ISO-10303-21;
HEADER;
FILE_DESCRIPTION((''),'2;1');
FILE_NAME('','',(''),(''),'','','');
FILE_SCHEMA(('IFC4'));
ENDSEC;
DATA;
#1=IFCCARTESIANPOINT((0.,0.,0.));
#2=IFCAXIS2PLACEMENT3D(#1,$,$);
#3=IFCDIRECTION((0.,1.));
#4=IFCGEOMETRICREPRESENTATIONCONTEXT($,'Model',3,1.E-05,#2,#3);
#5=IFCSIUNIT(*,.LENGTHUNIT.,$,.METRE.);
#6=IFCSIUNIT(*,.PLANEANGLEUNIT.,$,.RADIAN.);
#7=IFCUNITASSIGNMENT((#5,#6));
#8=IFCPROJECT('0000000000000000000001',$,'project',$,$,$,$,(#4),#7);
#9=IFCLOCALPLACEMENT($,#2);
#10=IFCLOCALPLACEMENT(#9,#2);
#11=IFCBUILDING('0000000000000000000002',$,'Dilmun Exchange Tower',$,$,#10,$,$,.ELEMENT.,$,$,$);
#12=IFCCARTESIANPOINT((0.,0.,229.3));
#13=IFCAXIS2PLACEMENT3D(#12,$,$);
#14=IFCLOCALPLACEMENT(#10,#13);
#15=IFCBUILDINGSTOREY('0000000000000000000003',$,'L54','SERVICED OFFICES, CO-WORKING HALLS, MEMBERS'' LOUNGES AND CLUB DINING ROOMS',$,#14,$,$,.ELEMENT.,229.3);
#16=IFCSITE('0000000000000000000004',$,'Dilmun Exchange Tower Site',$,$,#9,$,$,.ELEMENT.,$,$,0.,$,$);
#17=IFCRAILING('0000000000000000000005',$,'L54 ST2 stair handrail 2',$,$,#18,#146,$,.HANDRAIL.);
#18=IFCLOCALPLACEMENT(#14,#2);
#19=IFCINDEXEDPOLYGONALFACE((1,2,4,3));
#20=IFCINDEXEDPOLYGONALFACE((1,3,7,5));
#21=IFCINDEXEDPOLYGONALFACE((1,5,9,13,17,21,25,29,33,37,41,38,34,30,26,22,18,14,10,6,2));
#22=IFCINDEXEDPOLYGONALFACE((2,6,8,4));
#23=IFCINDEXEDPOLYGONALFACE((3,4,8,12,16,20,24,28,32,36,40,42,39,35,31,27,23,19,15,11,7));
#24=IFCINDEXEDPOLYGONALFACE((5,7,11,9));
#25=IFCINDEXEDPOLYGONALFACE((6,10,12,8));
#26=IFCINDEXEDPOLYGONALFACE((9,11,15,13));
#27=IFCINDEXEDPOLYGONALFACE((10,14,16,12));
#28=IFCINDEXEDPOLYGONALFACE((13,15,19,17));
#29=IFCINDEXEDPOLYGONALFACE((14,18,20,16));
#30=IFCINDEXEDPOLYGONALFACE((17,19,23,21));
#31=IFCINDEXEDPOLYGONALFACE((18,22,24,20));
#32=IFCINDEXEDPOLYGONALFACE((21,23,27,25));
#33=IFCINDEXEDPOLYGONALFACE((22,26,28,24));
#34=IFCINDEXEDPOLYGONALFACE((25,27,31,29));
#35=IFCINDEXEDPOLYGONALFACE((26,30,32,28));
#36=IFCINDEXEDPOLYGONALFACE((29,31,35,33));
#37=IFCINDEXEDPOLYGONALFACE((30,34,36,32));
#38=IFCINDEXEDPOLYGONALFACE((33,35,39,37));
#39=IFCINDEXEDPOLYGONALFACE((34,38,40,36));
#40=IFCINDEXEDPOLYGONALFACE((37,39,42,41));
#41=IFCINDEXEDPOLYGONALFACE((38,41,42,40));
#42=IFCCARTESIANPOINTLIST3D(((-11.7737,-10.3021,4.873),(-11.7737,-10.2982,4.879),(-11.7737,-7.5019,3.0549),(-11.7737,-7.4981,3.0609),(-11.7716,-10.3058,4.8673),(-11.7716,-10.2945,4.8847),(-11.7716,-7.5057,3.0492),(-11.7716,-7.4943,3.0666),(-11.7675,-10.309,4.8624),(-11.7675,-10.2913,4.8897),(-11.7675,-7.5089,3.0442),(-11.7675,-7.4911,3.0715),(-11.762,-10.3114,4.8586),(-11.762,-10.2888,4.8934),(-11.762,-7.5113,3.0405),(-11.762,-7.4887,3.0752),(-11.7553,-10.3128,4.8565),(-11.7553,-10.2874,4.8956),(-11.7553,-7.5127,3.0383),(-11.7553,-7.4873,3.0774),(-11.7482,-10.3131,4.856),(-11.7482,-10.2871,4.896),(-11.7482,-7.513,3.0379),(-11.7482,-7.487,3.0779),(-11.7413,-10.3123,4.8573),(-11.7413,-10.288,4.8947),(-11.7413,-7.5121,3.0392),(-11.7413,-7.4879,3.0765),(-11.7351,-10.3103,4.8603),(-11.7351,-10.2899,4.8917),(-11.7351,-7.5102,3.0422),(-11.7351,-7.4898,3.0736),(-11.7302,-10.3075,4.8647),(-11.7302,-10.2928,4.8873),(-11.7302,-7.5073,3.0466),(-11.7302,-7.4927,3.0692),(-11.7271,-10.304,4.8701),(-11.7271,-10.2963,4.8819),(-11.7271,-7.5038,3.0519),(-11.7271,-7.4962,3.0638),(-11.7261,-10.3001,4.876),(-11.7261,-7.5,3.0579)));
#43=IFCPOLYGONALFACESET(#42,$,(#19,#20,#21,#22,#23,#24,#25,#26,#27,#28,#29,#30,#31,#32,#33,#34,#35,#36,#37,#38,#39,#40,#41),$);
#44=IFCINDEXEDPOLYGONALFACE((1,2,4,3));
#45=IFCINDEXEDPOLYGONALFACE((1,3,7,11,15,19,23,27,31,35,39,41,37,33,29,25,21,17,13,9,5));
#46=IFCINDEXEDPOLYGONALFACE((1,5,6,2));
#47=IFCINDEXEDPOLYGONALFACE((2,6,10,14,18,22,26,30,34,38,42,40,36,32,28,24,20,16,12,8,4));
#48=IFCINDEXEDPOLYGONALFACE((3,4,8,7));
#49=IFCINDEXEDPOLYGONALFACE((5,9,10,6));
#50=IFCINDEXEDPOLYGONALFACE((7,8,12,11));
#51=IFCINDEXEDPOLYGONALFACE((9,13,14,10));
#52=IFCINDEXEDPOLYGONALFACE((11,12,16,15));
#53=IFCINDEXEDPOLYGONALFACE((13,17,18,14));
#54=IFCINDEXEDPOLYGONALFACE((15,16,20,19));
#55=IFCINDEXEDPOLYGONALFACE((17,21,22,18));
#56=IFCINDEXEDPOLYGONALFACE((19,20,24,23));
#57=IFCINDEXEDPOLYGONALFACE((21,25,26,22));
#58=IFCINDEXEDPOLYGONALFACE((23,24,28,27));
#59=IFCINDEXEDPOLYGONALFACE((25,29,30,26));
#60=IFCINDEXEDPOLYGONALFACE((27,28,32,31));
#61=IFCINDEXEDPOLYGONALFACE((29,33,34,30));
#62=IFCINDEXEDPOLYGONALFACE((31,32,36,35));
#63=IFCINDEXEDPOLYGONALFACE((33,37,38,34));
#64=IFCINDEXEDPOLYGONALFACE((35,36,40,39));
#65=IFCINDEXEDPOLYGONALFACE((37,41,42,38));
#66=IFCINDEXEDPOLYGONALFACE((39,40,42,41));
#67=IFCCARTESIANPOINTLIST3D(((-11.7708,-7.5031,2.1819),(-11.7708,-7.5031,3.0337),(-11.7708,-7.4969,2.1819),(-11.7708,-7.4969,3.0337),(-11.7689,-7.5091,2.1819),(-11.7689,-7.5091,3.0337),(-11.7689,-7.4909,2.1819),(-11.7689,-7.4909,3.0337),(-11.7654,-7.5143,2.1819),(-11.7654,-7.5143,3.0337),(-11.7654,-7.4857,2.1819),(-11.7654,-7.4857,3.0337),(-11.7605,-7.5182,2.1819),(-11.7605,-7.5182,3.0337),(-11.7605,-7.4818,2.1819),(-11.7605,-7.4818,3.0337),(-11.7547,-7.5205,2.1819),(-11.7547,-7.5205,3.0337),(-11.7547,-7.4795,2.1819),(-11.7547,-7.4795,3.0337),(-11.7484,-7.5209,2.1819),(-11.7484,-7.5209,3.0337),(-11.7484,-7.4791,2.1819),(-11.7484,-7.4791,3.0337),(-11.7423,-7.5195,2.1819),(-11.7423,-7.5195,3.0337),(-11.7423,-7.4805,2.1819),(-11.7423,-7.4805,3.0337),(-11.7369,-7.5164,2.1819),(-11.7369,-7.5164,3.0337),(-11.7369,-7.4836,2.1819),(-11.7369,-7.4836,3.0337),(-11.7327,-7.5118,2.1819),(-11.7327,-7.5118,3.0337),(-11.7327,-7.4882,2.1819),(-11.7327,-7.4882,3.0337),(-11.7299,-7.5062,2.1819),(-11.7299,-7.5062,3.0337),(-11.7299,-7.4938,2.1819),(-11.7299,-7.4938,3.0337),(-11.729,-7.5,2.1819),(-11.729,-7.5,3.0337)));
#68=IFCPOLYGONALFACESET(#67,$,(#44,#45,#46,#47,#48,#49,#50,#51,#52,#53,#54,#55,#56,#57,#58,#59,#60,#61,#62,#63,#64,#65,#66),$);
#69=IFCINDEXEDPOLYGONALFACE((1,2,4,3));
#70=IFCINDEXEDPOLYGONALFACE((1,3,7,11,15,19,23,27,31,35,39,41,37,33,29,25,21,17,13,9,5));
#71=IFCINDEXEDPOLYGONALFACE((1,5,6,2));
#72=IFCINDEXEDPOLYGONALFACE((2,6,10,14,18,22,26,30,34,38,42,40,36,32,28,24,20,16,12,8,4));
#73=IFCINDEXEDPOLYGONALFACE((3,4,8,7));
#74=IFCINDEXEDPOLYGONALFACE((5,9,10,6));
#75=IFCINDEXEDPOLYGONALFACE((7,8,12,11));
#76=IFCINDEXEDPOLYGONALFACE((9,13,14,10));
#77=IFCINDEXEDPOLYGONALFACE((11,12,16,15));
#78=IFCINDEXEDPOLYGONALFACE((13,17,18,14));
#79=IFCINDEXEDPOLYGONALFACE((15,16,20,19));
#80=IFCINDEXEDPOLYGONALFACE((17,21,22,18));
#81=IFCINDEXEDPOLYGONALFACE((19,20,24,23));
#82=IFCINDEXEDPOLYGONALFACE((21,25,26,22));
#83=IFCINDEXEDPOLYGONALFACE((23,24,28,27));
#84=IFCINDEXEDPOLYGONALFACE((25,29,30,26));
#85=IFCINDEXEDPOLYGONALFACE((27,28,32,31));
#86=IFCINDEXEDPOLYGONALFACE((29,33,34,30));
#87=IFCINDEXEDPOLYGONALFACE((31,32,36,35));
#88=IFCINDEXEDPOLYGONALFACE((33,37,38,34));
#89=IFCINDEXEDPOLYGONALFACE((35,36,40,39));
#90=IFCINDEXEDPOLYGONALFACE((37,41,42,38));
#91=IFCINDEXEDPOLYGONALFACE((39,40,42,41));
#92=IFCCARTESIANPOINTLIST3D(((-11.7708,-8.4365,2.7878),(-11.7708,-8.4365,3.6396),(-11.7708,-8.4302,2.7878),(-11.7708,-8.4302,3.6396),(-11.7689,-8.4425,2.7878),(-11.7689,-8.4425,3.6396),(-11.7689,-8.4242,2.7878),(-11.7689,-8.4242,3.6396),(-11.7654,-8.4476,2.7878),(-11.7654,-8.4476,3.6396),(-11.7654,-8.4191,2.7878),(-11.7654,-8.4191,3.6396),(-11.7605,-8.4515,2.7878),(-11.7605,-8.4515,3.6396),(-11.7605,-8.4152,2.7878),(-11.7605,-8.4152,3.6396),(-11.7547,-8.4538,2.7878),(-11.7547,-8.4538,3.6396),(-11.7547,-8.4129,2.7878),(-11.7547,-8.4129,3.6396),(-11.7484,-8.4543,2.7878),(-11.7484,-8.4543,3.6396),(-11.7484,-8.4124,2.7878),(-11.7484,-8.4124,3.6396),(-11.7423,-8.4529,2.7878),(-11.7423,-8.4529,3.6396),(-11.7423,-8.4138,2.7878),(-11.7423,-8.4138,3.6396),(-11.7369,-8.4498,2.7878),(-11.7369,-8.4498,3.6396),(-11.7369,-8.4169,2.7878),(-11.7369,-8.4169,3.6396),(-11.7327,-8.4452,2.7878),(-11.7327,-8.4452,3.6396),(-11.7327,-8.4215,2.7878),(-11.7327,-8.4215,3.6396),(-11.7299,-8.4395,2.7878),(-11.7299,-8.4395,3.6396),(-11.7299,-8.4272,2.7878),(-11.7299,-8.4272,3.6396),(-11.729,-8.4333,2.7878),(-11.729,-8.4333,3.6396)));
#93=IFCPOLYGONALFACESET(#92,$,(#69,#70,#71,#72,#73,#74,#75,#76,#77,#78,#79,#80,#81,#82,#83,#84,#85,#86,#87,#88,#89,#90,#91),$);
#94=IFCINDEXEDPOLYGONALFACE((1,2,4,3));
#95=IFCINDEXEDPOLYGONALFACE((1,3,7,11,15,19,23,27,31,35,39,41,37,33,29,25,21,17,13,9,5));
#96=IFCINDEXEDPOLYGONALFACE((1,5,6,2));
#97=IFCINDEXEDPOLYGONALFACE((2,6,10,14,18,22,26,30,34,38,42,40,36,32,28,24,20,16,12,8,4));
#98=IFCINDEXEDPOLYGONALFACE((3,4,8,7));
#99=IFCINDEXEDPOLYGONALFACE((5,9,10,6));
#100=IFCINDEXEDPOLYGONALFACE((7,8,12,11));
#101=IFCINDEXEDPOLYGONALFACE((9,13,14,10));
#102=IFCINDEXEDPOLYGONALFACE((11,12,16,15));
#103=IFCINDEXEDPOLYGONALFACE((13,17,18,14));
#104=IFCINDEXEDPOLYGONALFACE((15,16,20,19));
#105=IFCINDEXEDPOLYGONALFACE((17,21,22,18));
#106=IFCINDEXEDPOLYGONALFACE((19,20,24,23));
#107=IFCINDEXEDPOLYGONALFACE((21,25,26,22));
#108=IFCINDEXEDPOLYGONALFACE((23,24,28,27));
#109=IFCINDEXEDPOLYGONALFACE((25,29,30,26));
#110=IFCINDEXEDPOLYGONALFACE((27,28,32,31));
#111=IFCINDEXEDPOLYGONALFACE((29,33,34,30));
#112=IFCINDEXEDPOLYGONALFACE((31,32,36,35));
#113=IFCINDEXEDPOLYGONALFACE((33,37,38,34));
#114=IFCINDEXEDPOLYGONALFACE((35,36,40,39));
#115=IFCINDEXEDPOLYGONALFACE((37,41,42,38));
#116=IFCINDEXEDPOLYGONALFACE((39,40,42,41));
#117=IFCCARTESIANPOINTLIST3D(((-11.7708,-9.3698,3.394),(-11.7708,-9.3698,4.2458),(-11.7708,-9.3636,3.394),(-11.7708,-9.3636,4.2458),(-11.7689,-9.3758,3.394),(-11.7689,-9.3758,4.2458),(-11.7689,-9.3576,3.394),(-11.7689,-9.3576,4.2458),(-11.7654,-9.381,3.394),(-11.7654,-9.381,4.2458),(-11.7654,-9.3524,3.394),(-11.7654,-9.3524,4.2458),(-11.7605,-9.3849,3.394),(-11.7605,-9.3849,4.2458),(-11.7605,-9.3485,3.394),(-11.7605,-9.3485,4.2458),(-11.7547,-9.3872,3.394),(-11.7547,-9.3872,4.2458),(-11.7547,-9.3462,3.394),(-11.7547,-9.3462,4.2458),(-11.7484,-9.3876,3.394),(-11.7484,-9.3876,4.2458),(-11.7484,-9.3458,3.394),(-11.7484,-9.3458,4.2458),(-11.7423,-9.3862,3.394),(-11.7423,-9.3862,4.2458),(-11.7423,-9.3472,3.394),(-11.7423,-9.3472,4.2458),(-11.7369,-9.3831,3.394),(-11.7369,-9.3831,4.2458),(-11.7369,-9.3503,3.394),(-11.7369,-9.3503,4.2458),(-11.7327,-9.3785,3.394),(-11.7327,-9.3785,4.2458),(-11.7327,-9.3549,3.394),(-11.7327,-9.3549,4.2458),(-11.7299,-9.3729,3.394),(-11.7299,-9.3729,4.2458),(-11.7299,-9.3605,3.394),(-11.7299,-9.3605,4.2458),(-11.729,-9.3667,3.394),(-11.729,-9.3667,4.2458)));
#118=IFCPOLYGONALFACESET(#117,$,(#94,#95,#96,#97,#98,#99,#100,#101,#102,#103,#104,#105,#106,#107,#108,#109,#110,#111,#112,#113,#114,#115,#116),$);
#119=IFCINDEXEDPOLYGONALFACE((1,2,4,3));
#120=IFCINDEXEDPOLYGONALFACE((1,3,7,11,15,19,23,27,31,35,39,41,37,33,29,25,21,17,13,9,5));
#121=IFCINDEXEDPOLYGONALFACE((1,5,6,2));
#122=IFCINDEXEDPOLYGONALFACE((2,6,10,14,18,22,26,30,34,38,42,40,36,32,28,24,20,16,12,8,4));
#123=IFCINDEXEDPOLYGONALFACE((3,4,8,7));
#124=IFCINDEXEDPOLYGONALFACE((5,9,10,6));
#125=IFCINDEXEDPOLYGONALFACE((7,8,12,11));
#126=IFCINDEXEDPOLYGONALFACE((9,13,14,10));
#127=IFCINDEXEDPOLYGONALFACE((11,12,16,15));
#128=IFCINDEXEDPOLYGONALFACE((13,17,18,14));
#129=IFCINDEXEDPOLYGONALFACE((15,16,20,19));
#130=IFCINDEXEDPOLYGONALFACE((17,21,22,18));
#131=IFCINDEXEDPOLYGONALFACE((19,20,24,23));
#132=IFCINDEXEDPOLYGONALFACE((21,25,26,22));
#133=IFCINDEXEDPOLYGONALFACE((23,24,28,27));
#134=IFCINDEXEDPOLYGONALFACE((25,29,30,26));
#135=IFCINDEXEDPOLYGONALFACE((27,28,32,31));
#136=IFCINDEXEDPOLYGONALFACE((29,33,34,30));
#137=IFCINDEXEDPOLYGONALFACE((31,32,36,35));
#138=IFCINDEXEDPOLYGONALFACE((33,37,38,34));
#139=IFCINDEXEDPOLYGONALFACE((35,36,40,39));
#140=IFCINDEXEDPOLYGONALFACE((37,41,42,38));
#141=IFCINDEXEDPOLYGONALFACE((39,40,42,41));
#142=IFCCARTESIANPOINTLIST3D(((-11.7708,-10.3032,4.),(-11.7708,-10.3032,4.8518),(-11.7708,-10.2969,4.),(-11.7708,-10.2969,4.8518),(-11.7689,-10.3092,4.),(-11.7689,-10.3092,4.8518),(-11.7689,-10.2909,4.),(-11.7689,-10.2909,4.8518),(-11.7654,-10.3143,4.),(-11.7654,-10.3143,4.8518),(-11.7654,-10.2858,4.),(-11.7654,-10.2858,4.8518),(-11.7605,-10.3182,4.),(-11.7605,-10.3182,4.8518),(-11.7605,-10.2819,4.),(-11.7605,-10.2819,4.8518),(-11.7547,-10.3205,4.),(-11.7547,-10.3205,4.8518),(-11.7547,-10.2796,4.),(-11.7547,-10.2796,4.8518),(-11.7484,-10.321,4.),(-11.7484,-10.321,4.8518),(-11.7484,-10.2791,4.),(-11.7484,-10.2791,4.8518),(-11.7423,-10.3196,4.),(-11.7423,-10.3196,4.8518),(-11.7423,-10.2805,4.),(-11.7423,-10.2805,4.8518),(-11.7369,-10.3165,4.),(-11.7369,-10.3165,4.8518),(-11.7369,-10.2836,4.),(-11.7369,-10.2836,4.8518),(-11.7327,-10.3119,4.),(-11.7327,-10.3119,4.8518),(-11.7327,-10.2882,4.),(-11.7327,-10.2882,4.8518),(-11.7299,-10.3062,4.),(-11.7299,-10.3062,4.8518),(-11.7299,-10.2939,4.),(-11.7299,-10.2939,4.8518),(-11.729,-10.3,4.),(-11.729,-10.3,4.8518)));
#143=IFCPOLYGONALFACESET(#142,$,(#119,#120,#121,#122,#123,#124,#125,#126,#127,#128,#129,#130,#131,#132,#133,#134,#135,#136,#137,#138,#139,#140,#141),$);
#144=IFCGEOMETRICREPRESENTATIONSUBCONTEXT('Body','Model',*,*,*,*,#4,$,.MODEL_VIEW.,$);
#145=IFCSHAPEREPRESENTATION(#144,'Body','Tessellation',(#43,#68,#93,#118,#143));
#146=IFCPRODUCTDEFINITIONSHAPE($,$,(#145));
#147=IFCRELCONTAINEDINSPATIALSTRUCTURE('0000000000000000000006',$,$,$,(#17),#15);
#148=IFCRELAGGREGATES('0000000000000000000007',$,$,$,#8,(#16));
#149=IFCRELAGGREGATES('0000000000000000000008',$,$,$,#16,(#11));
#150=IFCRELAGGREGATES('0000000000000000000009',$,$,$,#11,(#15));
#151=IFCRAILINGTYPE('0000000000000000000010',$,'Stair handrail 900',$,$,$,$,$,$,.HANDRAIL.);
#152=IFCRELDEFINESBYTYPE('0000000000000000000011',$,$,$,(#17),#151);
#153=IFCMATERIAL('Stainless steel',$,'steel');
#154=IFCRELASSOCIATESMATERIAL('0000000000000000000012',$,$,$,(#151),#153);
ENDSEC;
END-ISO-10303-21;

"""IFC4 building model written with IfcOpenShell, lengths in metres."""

from ifc_helpers import new_model, si_unit, direction, frame, origin, origin_2d, place, context, subcontext, project, spatial, circle, extrude, material, type_object, element, save


model = new_model("IFC4")

# Units and contexts
model_context = context("Model", 3, precision=1e-05, world=origin(), true_north=direction((0.0, 1.0)))
body_context = subcontext(model_context, "Body", "Model", "MODEL_VIEW")
ifc_project = project(units=[si_unit("LENGTHUNIT", "METRE"), si_unit("PLANEANGLEUNIT", "RADIAN")], contexts=[model_context])

# Site, building, storey
site_placement = place(None, origin())
site = spatial("IfcSite", under=ifc_project, at=site_placement, Name="Dilmun Exchange Tower Site", CompositionType="ELEMENT", RefElevation=0.0)
building_placement = place(site_placement, origin())
building = spatial("IfcBuilding", under=site, at=building_placement, Name="Dilmun Exchange Tower", CompositionType="ELEMENT")
storey_placement = place(building_placement, frame((0.0, 0.0, 229.3)))
storey = spatial("IfcBuildingStorey", under=building, at=storey_placement, Name="L54", Description="SERVICED OFFICES, CO-WORKING HALLS, MEMBERS' LOUNGES AND CLUB DINING ROOMS", CompositionType="ELEMENT", Elevation=229.3)

# Railing
ifc_material_1 = material(Name="Stainless steel", Category="steel")
railing_type = type_object("IfcRailingType", Name="Stair handrail 900", PredefinedType="HANDRAIL", material=ifc_material_1)
railing_1_placement = place(storey_placement, frame((-11.75, -7.5, 2.1819)))
element("IfcRailing", 1, at=railing_1_placement, inside=storey, type_object=railing_type, Name="L54 ST2 stair handrail 2", PredefinedType="HANDRAIL", context=body_context, shape_type="SweptSolid", body=[
    extrude(circle(Radius=0.0239, at=origin_2d()), frame((0.0, 0.0, 0.876), z_axis=(0.0, -0.838706, 0.544585), x_axis=(1.0, 0.0, 0.0)), (0.0, 0.0, 1.0), 3.3386),
    extrude(circle(Radius=0.021, at=origin_2d()), origin(), (0.0, 0.0, 1.0), 0.8518),
    extrude(circle(Radius=0.021, at=origin_2d()), frame((0.0, -0.9333, 0.606)), (0.0, 0.0, 1.0), 0.8518),
    extrude(circle(Radius=0.021, at=origin_2d()), frame((0.0, -1.8667, 1.2122)), (0.0, 0.0, 1.0), 0.8518),
    extrude(circle(Radius=0.021, at=origin_2d()), frame((0.0, -2.8, 1.8181)), (0.0, 0.0, 1.0), 0.8518),
])

save(model, "model.ifc")
